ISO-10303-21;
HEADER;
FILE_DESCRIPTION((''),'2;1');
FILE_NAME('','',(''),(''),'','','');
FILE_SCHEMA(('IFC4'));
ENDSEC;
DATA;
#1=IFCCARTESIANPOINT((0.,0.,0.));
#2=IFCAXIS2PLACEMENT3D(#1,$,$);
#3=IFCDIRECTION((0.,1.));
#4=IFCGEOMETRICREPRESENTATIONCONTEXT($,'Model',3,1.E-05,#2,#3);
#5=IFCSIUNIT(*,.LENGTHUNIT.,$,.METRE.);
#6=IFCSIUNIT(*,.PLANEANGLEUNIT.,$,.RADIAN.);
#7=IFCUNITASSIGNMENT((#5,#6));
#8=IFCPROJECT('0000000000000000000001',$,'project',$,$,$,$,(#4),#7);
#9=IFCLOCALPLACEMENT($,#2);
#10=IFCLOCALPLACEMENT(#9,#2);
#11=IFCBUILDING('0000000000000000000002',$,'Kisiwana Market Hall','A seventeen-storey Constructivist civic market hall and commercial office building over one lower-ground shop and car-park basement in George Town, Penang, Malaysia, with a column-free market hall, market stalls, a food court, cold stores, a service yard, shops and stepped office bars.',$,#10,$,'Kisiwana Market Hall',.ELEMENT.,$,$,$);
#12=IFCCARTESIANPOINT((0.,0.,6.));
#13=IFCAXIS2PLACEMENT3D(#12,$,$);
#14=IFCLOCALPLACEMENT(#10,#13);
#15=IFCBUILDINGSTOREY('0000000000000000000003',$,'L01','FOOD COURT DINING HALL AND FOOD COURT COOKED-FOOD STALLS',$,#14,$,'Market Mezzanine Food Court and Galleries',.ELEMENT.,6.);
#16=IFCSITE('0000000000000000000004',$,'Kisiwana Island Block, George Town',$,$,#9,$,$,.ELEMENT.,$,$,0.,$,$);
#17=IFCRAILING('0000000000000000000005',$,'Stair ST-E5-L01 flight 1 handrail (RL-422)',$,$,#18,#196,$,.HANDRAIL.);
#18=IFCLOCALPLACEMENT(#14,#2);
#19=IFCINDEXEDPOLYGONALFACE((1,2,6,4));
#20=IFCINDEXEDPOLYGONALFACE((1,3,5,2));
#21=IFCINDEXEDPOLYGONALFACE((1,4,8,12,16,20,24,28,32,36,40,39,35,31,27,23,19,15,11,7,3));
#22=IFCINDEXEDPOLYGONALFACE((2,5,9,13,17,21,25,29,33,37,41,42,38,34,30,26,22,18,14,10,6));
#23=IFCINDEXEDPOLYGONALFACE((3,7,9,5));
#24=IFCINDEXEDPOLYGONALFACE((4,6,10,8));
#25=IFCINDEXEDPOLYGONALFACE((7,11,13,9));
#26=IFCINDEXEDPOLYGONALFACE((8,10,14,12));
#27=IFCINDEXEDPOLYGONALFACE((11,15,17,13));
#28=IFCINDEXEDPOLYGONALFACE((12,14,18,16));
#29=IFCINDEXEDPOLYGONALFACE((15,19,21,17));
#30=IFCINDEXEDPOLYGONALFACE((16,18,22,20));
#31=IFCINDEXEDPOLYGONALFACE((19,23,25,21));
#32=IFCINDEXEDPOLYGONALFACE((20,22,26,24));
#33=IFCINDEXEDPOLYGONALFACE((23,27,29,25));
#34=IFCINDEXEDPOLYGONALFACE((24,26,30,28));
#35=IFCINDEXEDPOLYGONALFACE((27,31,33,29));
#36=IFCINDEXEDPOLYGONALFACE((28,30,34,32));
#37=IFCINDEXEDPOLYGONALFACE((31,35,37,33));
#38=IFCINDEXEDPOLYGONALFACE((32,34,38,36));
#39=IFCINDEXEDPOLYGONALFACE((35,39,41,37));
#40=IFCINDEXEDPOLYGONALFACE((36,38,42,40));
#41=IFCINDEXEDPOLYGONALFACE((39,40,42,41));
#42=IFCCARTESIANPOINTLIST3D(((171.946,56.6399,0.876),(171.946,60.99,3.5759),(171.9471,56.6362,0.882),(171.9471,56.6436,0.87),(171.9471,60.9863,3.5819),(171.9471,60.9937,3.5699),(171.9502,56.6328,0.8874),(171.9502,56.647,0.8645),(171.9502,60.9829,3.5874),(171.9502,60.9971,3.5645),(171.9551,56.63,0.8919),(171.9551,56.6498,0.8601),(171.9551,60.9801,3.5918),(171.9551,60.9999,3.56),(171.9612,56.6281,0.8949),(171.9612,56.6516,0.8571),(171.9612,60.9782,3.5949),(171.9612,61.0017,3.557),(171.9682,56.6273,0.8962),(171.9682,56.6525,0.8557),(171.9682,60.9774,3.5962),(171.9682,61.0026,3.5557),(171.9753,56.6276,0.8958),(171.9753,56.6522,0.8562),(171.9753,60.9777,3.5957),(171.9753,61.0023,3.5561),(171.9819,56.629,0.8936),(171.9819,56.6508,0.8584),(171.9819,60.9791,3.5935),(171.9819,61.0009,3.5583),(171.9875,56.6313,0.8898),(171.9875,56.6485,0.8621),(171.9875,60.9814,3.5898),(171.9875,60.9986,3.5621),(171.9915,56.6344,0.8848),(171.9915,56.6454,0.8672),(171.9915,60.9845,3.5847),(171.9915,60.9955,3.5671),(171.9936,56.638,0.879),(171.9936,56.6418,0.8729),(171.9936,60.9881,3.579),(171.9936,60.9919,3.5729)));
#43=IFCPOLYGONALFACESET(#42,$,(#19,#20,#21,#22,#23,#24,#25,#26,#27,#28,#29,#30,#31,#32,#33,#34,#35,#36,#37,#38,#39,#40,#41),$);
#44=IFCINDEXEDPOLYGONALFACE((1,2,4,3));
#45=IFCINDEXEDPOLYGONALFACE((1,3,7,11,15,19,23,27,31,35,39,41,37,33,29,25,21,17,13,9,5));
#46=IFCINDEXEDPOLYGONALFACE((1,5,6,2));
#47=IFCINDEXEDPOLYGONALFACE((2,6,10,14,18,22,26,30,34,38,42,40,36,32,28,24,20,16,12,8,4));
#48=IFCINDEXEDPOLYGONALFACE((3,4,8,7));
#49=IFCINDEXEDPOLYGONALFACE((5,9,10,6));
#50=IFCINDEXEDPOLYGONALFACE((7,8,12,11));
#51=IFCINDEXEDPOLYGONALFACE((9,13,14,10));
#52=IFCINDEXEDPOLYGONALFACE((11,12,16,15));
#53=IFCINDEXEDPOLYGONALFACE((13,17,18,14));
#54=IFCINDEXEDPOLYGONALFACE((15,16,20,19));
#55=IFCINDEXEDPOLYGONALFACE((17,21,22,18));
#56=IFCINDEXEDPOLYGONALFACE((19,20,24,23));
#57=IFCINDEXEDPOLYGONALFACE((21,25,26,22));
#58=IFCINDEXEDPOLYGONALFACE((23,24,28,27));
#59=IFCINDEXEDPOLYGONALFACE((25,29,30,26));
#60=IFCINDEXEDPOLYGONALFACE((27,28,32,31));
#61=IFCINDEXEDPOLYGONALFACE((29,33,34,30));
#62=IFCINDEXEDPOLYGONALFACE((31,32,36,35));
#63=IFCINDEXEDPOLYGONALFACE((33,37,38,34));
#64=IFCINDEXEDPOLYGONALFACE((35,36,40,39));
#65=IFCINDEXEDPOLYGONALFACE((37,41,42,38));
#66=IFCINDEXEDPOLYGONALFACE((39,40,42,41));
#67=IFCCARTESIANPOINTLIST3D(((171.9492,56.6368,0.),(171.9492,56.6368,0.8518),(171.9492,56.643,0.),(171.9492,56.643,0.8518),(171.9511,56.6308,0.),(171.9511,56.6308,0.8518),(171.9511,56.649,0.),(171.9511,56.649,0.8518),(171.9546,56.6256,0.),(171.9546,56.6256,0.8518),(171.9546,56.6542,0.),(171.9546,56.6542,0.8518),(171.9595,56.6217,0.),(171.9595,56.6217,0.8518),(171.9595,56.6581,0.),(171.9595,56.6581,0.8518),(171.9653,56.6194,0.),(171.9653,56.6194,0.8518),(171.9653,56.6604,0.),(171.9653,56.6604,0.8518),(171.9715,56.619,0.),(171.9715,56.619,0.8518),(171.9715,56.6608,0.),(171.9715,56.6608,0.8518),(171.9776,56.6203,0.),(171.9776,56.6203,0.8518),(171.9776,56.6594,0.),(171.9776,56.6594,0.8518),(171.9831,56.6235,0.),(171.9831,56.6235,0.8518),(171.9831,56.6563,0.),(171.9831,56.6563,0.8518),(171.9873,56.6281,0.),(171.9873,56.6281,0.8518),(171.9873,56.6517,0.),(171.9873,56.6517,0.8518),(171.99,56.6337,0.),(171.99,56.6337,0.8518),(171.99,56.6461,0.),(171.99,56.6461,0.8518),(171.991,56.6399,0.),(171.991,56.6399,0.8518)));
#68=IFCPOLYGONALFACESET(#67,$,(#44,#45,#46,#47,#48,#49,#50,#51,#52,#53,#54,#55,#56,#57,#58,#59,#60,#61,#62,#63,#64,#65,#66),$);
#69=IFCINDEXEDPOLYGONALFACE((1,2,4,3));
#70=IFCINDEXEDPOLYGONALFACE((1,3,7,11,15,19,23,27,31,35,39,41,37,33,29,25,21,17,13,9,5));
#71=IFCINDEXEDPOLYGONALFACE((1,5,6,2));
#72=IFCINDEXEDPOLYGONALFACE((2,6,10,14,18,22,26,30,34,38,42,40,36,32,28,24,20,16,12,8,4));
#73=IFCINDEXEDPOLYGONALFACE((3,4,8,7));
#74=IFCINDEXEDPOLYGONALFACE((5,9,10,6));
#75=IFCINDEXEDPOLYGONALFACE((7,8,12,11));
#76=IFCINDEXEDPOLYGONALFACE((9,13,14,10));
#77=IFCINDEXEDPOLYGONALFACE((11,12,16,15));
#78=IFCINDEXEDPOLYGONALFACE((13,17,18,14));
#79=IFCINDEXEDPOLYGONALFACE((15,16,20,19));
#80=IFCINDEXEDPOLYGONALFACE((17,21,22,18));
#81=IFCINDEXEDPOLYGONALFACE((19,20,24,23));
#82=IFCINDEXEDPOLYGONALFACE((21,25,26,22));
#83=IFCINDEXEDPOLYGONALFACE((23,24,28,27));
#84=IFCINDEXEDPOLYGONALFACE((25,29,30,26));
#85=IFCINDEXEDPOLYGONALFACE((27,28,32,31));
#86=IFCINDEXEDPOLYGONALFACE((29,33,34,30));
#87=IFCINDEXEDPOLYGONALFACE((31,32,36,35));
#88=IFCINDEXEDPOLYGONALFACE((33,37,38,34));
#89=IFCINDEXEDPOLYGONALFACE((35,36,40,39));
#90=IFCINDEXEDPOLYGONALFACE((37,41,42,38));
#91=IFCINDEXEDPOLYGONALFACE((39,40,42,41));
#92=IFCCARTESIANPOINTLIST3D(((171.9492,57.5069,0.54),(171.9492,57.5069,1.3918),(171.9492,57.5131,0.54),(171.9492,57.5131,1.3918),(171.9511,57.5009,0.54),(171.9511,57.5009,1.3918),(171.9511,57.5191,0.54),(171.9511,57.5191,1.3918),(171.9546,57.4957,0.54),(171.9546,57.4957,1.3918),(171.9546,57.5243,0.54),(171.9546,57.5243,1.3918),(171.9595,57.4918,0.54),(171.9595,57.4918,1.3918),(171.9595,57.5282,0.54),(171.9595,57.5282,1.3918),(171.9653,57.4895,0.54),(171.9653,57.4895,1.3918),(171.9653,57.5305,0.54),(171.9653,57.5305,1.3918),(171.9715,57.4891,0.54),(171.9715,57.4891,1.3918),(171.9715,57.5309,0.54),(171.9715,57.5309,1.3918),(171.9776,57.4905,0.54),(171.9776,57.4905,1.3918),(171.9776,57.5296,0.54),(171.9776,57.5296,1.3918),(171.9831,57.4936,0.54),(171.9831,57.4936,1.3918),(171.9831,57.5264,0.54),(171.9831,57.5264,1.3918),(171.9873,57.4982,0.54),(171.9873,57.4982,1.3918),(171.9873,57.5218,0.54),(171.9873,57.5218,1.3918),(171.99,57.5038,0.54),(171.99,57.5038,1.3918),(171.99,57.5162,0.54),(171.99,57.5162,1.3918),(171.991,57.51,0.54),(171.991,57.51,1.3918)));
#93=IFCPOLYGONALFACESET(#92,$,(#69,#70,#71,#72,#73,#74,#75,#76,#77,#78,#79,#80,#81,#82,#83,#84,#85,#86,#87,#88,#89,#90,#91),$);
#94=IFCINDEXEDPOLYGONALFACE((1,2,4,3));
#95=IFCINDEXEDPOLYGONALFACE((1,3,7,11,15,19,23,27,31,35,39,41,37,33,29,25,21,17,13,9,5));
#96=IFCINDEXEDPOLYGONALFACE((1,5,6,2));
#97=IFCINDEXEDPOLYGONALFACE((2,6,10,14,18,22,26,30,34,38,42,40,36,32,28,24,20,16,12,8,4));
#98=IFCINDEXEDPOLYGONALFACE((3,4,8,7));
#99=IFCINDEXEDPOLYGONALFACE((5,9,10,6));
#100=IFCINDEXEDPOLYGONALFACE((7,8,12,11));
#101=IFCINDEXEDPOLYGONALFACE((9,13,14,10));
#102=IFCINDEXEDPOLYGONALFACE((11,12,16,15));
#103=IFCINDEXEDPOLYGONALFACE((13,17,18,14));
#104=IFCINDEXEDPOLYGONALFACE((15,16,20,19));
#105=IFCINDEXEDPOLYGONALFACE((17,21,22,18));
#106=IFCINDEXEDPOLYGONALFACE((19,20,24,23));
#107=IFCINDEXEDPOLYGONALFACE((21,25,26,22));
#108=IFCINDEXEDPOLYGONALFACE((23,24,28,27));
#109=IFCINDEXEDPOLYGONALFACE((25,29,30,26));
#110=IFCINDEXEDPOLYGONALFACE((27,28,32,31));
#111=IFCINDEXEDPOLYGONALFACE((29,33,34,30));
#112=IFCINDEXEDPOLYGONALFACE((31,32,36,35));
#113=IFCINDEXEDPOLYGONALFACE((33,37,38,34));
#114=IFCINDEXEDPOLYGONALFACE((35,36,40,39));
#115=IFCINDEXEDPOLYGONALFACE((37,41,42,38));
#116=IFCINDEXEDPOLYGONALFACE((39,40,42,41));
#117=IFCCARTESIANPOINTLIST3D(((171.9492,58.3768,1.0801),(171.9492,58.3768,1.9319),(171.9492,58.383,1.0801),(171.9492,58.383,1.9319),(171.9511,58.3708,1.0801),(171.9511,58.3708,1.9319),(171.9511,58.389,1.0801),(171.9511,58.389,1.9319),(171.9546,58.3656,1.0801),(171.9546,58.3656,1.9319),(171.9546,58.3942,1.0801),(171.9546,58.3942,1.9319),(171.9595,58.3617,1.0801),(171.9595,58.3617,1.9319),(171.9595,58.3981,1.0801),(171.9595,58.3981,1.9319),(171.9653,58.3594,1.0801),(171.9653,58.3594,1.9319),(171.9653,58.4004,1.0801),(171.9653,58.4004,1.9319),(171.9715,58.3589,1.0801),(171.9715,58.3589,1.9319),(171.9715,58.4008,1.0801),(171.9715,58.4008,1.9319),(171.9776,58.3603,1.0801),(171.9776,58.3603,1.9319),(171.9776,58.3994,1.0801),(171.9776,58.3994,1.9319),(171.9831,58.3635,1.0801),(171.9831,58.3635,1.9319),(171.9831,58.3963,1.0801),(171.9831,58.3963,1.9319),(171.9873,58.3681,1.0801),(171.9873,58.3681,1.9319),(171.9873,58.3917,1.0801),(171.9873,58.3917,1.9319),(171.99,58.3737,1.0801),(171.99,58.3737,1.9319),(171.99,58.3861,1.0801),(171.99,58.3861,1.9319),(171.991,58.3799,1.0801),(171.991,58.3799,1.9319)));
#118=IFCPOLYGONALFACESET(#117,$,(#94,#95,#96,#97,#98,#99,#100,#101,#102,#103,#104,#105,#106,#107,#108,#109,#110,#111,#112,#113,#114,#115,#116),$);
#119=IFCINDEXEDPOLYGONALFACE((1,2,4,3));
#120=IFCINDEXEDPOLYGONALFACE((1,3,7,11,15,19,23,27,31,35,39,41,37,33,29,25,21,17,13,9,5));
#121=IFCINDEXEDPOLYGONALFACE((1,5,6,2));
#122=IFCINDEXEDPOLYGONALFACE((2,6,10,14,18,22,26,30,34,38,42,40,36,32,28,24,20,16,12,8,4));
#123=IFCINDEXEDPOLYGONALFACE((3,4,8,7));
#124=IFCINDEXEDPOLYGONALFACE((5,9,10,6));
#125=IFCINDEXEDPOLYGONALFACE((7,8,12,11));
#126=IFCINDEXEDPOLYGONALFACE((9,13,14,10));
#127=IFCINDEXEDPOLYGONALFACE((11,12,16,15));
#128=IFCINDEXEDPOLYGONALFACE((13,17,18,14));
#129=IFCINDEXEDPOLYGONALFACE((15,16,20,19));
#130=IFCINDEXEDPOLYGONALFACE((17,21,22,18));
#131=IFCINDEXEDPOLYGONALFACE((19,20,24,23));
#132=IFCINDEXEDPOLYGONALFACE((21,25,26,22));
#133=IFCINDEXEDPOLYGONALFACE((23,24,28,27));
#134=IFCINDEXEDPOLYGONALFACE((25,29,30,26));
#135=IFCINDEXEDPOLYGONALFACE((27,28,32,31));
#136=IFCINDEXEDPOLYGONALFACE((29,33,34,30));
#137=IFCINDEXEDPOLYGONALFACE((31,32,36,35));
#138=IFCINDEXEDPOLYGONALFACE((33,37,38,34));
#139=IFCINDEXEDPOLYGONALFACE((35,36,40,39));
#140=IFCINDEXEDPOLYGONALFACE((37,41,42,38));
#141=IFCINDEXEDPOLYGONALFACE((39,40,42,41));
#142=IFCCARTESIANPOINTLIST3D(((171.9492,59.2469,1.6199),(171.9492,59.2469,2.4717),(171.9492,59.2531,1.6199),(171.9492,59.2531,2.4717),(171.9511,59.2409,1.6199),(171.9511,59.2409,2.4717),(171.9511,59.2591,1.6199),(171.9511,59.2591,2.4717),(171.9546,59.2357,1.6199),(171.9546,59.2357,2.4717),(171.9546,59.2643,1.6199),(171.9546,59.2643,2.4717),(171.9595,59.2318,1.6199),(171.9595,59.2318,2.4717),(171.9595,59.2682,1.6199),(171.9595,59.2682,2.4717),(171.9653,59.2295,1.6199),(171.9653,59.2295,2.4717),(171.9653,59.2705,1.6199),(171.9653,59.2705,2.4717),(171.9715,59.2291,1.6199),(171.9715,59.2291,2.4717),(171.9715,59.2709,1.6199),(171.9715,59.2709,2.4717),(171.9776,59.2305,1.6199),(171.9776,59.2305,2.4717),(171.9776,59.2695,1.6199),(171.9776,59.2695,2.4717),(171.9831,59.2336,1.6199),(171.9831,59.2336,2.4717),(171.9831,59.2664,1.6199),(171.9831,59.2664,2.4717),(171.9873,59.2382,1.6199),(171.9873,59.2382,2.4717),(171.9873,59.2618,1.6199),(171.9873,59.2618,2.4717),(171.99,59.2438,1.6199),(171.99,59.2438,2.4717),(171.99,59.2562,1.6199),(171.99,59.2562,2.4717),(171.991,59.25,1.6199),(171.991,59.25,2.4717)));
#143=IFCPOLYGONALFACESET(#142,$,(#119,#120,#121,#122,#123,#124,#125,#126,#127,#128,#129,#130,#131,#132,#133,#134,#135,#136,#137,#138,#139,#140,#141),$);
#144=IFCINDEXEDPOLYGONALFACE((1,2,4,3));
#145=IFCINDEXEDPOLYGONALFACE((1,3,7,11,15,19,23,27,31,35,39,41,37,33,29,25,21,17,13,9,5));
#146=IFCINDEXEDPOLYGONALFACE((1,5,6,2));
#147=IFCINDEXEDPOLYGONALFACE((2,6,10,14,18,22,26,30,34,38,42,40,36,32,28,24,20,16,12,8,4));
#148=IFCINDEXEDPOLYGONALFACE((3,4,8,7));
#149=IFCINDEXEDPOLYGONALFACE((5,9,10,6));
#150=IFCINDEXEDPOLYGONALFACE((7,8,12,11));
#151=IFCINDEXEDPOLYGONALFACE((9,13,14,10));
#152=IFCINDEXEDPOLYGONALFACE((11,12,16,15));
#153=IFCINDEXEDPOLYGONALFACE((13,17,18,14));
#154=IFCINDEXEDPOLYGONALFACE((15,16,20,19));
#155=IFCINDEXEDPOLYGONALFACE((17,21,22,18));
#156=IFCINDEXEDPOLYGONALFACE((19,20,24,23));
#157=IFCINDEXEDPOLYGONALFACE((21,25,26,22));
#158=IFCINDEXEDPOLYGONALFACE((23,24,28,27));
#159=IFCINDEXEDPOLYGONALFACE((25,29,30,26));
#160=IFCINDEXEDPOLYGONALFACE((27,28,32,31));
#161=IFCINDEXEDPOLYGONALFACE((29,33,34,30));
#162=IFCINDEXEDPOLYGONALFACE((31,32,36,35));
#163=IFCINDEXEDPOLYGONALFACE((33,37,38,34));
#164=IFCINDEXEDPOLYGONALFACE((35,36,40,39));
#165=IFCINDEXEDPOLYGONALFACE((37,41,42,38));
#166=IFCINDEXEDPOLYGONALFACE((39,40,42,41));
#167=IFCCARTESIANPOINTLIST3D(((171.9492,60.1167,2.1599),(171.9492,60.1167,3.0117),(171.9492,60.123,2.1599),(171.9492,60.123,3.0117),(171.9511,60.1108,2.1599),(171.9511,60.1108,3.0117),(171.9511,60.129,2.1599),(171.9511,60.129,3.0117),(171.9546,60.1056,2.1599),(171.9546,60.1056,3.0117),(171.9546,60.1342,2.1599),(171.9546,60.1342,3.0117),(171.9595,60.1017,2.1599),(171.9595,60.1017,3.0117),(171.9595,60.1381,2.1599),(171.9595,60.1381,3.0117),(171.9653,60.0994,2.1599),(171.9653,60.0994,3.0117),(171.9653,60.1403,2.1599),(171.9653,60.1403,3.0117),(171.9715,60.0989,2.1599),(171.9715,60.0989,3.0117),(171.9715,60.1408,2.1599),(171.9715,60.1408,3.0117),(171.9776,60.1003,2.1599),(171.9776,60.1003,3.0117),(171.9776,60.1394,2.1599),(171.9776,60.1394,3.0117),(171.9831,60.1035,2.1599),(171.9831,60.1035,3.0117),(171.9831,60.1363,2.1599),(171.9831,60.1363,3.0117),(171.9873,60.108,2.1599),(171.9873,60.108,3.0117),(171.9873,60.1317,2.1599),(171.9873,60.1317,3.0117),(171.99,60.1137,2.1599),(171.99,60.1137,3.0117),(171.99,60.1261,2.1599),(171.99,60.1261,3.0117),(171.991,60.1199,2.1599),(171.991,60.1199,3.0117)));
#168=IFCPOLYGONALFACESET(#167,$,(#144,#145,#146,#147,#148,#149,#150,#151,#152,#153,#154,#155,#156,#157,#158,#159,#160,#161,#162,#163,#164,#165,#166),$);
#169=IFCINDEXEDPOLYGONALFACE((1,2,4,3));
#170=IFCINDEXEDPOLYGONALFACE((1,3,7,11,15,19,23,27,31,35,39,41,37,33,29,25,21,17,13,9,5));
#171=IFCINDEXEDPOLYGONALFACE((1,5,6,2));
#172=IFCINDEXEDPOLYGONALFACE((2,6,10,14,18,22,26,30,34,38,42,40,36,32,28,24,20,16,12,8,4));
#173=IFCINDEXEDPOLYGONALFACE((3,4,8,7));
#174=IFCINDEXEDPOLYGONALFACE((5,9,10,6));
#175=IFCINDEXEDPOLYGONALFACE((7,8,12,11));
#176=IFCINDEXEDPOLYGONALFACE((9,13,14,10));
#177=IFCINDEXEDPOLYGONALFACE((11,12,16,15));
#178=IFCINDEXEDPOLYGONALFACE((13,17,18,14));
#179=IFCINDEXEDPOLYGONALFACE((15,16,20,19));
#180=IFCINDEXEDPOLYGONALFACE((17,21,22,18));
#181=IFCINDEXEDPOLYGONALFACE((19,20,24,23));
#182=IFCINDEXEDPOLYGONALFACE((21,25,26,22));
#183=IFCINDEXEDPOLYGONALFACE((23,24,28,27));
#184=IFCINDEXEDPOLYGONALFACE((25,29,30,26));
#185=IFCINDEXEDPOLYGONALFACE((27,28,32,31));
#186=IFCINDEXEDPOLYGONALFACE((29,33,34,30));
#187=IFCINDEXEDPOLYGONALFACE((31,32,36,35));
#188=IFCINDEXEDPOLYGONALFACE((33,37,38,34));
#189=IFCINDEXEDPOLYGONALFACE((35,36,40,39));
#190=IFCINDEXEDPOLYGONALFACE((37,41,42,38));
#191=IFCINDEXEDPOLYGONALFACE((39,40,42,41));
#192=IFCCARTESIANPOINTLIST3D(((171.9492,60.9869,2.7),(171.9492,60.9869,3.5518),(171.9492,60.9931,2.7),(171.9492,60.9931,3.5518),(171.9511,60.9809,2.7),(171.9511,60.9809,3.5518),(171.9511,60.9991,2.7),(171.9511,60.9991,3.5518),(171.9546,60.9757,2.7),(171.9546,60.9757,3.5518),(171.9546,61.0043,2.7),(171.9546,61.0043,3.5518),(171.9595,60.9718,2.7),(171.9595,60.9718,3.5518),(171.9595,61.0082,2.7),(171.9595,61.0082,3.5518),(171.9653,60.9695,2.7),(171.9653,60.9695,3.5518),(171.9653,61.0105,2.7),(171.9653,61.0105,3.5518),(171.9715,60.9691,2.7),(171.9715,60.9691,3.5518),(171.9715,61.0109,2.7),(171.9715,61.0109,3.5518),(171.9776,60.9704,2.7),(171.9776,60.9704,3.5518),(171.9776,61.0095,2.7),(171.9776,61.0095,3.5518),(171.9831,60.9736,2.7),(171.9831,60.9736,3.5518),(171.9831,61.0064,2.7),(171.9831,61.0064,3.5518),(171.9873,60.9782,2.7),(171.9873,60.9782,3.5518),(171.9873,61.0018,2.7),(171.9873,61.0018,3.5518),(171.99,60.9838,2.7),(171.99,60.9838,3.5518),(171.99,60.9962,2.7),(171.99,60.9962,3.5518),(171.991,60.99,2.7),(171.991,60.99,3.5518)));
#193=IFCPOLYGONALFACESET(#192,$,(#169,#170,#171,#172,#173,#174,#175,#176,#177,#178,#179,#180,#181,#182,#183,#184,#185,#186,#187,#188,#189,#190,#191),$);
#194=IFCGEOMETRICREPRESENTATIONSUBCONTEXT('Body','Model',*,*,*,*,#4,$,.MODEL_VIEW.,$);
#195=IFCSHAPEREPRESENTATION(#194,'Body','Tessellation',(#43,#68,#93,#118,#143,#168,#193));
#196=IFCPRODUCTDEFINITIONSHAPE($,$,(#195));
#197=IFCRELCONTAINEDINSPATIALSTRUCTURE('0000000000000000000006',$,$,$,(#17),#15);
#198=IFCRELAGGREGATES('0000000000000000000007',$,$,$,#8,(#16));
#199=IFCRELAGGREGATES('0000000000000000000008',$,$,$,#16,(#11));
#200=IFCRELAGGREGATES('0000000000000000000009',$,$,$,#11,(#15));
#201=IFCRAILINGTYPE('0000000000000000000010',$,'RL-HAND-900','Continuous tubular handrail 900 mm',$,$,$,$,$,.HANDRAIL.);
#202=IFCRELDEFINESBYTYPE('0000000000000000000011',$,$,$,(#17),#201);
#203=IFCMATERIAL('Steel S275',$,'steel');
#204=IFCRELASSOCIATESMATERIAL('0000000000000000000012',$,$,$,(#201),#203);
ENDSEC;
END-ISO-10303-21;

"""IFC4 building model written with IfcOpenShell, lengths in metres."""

from ifc_helpers import new_model, si_unit, direction, frame, origin, origin_2d, place, context, subcontext, project, spatial, circle, extrude, material, type_object, element, save


model = new_model("IFC4")

# Units and contexts
model_context = context("Model", 3, precision=1e-05, world=origin(), true_north=direction((0.0, 1.0)))
body_context = subcontext(model_context, "Body", "Model", "MODEL_VIEW")
ifc_project = project(units=[si_unit("LENGTHUNIT", "METRE"), si_unit("PLANEANGLEUNIT", "RADIAN")], contexts=[model_context])

# Site, building, storey
site_placement = place(None, origin())
site = spatial("IfcSite", under=ifc_project, at=site_placement, Name="Kisiwana Island Block, George Town", CompositionType="ELEMENT", RefElevation=0.0)
building_placement = place(site_placement, origin())
building = spatial("IfcBuilding", under=site, at=building_placement, Name="Kisiwana Market Hall", Description="A seventeen-storey Constructivist civic market hall and commercial office building over one lower-ground shop and car-park basement in George Town, Penang, Malaysia, with a column-free market hall, market stalls, a food court, cold stores, a service yard, shops and stepped office bars.", LongName="Kisiwana Market Hall", CompositionType="ELEMENT")
storey_placement = place(building_placement, frame((0.0, 0.0, 6.0)))
storey = spatial("IfcBuildingStorey", under=building, at=storey_placement, Name="L01", Description="FOOD COURT DINING HALL AND FOOD COURT COOKED-FOOD STALLS", LongName="Market Mezzanine Food Court and Galleries", CompositionType="ELEMENT", Elevation=6.0)

# Railing
ifc_material_1 = material(Name="Steel S275", Category="steel")
railing_type_1 = type_object("IfcRailingType", Name="RL-HAND-900", Description="Continuous tubular handrail 900 mm", PredefinedType="HANDRAIL", material=ifc_material_1)
for number, where, name in (
    (1, (171.97, 56.6399, 0.0), "Stair ST-E5-L01 flight 1 handrail (RL-422)"),
):
    element("IfcRailing", number, at=place(storey_placement, frame(where)), inside=storey, type_object=railing_type_1, Name=name, PredefinedType="HANDRAIL", context=body_context, shape_type="SweptSolid", body=[
        extrude(circle(Radius=0.0239, at=origin_2d()), frame((0.0, 0.0, 0.876), z_axis=(0.0, 0.84965, 0.527347), x_axis=(-1.0, 0.0, 0.0)), (0.0, 0.0, 1.0), 5.1199),
        extrude(circle(Radius=0.021, at=origin_2d()), origin(), (0.0, 0.0, 1.0), 0.8518),
        extrude(circle(Radius=0.021, at=origin_2d()), frame((0.0, 0.8701, 0.54)), (0.0, 0.0, 1.0), 0.8518),
        extrude(circle(Radius=0.021, at=origin_2d()), frame((0.0, 1.74, 1.0801)), (0.0, 0.0, 1.0), 0.8518),
        extrude(circle(Radius=0.021, at=origin_2d()), frame((0.0, 2.6101, 1.6199)), (0.0, 0.0, 1.0), 0.8518),
        extrude(circle(Radius=0.021, at=origin_2d()), frame((0.0, 3.48, 2.1599)), (0.0, 0.0, 1.0), 0.8518),
        extrude(circle(Radius=0.021, at=origin_2d()), frame((0.0, 4.3501, 2.7)), (0.0, 0.0, 1.0), 0.8518),
    ])

save(model, "model.ifc")
